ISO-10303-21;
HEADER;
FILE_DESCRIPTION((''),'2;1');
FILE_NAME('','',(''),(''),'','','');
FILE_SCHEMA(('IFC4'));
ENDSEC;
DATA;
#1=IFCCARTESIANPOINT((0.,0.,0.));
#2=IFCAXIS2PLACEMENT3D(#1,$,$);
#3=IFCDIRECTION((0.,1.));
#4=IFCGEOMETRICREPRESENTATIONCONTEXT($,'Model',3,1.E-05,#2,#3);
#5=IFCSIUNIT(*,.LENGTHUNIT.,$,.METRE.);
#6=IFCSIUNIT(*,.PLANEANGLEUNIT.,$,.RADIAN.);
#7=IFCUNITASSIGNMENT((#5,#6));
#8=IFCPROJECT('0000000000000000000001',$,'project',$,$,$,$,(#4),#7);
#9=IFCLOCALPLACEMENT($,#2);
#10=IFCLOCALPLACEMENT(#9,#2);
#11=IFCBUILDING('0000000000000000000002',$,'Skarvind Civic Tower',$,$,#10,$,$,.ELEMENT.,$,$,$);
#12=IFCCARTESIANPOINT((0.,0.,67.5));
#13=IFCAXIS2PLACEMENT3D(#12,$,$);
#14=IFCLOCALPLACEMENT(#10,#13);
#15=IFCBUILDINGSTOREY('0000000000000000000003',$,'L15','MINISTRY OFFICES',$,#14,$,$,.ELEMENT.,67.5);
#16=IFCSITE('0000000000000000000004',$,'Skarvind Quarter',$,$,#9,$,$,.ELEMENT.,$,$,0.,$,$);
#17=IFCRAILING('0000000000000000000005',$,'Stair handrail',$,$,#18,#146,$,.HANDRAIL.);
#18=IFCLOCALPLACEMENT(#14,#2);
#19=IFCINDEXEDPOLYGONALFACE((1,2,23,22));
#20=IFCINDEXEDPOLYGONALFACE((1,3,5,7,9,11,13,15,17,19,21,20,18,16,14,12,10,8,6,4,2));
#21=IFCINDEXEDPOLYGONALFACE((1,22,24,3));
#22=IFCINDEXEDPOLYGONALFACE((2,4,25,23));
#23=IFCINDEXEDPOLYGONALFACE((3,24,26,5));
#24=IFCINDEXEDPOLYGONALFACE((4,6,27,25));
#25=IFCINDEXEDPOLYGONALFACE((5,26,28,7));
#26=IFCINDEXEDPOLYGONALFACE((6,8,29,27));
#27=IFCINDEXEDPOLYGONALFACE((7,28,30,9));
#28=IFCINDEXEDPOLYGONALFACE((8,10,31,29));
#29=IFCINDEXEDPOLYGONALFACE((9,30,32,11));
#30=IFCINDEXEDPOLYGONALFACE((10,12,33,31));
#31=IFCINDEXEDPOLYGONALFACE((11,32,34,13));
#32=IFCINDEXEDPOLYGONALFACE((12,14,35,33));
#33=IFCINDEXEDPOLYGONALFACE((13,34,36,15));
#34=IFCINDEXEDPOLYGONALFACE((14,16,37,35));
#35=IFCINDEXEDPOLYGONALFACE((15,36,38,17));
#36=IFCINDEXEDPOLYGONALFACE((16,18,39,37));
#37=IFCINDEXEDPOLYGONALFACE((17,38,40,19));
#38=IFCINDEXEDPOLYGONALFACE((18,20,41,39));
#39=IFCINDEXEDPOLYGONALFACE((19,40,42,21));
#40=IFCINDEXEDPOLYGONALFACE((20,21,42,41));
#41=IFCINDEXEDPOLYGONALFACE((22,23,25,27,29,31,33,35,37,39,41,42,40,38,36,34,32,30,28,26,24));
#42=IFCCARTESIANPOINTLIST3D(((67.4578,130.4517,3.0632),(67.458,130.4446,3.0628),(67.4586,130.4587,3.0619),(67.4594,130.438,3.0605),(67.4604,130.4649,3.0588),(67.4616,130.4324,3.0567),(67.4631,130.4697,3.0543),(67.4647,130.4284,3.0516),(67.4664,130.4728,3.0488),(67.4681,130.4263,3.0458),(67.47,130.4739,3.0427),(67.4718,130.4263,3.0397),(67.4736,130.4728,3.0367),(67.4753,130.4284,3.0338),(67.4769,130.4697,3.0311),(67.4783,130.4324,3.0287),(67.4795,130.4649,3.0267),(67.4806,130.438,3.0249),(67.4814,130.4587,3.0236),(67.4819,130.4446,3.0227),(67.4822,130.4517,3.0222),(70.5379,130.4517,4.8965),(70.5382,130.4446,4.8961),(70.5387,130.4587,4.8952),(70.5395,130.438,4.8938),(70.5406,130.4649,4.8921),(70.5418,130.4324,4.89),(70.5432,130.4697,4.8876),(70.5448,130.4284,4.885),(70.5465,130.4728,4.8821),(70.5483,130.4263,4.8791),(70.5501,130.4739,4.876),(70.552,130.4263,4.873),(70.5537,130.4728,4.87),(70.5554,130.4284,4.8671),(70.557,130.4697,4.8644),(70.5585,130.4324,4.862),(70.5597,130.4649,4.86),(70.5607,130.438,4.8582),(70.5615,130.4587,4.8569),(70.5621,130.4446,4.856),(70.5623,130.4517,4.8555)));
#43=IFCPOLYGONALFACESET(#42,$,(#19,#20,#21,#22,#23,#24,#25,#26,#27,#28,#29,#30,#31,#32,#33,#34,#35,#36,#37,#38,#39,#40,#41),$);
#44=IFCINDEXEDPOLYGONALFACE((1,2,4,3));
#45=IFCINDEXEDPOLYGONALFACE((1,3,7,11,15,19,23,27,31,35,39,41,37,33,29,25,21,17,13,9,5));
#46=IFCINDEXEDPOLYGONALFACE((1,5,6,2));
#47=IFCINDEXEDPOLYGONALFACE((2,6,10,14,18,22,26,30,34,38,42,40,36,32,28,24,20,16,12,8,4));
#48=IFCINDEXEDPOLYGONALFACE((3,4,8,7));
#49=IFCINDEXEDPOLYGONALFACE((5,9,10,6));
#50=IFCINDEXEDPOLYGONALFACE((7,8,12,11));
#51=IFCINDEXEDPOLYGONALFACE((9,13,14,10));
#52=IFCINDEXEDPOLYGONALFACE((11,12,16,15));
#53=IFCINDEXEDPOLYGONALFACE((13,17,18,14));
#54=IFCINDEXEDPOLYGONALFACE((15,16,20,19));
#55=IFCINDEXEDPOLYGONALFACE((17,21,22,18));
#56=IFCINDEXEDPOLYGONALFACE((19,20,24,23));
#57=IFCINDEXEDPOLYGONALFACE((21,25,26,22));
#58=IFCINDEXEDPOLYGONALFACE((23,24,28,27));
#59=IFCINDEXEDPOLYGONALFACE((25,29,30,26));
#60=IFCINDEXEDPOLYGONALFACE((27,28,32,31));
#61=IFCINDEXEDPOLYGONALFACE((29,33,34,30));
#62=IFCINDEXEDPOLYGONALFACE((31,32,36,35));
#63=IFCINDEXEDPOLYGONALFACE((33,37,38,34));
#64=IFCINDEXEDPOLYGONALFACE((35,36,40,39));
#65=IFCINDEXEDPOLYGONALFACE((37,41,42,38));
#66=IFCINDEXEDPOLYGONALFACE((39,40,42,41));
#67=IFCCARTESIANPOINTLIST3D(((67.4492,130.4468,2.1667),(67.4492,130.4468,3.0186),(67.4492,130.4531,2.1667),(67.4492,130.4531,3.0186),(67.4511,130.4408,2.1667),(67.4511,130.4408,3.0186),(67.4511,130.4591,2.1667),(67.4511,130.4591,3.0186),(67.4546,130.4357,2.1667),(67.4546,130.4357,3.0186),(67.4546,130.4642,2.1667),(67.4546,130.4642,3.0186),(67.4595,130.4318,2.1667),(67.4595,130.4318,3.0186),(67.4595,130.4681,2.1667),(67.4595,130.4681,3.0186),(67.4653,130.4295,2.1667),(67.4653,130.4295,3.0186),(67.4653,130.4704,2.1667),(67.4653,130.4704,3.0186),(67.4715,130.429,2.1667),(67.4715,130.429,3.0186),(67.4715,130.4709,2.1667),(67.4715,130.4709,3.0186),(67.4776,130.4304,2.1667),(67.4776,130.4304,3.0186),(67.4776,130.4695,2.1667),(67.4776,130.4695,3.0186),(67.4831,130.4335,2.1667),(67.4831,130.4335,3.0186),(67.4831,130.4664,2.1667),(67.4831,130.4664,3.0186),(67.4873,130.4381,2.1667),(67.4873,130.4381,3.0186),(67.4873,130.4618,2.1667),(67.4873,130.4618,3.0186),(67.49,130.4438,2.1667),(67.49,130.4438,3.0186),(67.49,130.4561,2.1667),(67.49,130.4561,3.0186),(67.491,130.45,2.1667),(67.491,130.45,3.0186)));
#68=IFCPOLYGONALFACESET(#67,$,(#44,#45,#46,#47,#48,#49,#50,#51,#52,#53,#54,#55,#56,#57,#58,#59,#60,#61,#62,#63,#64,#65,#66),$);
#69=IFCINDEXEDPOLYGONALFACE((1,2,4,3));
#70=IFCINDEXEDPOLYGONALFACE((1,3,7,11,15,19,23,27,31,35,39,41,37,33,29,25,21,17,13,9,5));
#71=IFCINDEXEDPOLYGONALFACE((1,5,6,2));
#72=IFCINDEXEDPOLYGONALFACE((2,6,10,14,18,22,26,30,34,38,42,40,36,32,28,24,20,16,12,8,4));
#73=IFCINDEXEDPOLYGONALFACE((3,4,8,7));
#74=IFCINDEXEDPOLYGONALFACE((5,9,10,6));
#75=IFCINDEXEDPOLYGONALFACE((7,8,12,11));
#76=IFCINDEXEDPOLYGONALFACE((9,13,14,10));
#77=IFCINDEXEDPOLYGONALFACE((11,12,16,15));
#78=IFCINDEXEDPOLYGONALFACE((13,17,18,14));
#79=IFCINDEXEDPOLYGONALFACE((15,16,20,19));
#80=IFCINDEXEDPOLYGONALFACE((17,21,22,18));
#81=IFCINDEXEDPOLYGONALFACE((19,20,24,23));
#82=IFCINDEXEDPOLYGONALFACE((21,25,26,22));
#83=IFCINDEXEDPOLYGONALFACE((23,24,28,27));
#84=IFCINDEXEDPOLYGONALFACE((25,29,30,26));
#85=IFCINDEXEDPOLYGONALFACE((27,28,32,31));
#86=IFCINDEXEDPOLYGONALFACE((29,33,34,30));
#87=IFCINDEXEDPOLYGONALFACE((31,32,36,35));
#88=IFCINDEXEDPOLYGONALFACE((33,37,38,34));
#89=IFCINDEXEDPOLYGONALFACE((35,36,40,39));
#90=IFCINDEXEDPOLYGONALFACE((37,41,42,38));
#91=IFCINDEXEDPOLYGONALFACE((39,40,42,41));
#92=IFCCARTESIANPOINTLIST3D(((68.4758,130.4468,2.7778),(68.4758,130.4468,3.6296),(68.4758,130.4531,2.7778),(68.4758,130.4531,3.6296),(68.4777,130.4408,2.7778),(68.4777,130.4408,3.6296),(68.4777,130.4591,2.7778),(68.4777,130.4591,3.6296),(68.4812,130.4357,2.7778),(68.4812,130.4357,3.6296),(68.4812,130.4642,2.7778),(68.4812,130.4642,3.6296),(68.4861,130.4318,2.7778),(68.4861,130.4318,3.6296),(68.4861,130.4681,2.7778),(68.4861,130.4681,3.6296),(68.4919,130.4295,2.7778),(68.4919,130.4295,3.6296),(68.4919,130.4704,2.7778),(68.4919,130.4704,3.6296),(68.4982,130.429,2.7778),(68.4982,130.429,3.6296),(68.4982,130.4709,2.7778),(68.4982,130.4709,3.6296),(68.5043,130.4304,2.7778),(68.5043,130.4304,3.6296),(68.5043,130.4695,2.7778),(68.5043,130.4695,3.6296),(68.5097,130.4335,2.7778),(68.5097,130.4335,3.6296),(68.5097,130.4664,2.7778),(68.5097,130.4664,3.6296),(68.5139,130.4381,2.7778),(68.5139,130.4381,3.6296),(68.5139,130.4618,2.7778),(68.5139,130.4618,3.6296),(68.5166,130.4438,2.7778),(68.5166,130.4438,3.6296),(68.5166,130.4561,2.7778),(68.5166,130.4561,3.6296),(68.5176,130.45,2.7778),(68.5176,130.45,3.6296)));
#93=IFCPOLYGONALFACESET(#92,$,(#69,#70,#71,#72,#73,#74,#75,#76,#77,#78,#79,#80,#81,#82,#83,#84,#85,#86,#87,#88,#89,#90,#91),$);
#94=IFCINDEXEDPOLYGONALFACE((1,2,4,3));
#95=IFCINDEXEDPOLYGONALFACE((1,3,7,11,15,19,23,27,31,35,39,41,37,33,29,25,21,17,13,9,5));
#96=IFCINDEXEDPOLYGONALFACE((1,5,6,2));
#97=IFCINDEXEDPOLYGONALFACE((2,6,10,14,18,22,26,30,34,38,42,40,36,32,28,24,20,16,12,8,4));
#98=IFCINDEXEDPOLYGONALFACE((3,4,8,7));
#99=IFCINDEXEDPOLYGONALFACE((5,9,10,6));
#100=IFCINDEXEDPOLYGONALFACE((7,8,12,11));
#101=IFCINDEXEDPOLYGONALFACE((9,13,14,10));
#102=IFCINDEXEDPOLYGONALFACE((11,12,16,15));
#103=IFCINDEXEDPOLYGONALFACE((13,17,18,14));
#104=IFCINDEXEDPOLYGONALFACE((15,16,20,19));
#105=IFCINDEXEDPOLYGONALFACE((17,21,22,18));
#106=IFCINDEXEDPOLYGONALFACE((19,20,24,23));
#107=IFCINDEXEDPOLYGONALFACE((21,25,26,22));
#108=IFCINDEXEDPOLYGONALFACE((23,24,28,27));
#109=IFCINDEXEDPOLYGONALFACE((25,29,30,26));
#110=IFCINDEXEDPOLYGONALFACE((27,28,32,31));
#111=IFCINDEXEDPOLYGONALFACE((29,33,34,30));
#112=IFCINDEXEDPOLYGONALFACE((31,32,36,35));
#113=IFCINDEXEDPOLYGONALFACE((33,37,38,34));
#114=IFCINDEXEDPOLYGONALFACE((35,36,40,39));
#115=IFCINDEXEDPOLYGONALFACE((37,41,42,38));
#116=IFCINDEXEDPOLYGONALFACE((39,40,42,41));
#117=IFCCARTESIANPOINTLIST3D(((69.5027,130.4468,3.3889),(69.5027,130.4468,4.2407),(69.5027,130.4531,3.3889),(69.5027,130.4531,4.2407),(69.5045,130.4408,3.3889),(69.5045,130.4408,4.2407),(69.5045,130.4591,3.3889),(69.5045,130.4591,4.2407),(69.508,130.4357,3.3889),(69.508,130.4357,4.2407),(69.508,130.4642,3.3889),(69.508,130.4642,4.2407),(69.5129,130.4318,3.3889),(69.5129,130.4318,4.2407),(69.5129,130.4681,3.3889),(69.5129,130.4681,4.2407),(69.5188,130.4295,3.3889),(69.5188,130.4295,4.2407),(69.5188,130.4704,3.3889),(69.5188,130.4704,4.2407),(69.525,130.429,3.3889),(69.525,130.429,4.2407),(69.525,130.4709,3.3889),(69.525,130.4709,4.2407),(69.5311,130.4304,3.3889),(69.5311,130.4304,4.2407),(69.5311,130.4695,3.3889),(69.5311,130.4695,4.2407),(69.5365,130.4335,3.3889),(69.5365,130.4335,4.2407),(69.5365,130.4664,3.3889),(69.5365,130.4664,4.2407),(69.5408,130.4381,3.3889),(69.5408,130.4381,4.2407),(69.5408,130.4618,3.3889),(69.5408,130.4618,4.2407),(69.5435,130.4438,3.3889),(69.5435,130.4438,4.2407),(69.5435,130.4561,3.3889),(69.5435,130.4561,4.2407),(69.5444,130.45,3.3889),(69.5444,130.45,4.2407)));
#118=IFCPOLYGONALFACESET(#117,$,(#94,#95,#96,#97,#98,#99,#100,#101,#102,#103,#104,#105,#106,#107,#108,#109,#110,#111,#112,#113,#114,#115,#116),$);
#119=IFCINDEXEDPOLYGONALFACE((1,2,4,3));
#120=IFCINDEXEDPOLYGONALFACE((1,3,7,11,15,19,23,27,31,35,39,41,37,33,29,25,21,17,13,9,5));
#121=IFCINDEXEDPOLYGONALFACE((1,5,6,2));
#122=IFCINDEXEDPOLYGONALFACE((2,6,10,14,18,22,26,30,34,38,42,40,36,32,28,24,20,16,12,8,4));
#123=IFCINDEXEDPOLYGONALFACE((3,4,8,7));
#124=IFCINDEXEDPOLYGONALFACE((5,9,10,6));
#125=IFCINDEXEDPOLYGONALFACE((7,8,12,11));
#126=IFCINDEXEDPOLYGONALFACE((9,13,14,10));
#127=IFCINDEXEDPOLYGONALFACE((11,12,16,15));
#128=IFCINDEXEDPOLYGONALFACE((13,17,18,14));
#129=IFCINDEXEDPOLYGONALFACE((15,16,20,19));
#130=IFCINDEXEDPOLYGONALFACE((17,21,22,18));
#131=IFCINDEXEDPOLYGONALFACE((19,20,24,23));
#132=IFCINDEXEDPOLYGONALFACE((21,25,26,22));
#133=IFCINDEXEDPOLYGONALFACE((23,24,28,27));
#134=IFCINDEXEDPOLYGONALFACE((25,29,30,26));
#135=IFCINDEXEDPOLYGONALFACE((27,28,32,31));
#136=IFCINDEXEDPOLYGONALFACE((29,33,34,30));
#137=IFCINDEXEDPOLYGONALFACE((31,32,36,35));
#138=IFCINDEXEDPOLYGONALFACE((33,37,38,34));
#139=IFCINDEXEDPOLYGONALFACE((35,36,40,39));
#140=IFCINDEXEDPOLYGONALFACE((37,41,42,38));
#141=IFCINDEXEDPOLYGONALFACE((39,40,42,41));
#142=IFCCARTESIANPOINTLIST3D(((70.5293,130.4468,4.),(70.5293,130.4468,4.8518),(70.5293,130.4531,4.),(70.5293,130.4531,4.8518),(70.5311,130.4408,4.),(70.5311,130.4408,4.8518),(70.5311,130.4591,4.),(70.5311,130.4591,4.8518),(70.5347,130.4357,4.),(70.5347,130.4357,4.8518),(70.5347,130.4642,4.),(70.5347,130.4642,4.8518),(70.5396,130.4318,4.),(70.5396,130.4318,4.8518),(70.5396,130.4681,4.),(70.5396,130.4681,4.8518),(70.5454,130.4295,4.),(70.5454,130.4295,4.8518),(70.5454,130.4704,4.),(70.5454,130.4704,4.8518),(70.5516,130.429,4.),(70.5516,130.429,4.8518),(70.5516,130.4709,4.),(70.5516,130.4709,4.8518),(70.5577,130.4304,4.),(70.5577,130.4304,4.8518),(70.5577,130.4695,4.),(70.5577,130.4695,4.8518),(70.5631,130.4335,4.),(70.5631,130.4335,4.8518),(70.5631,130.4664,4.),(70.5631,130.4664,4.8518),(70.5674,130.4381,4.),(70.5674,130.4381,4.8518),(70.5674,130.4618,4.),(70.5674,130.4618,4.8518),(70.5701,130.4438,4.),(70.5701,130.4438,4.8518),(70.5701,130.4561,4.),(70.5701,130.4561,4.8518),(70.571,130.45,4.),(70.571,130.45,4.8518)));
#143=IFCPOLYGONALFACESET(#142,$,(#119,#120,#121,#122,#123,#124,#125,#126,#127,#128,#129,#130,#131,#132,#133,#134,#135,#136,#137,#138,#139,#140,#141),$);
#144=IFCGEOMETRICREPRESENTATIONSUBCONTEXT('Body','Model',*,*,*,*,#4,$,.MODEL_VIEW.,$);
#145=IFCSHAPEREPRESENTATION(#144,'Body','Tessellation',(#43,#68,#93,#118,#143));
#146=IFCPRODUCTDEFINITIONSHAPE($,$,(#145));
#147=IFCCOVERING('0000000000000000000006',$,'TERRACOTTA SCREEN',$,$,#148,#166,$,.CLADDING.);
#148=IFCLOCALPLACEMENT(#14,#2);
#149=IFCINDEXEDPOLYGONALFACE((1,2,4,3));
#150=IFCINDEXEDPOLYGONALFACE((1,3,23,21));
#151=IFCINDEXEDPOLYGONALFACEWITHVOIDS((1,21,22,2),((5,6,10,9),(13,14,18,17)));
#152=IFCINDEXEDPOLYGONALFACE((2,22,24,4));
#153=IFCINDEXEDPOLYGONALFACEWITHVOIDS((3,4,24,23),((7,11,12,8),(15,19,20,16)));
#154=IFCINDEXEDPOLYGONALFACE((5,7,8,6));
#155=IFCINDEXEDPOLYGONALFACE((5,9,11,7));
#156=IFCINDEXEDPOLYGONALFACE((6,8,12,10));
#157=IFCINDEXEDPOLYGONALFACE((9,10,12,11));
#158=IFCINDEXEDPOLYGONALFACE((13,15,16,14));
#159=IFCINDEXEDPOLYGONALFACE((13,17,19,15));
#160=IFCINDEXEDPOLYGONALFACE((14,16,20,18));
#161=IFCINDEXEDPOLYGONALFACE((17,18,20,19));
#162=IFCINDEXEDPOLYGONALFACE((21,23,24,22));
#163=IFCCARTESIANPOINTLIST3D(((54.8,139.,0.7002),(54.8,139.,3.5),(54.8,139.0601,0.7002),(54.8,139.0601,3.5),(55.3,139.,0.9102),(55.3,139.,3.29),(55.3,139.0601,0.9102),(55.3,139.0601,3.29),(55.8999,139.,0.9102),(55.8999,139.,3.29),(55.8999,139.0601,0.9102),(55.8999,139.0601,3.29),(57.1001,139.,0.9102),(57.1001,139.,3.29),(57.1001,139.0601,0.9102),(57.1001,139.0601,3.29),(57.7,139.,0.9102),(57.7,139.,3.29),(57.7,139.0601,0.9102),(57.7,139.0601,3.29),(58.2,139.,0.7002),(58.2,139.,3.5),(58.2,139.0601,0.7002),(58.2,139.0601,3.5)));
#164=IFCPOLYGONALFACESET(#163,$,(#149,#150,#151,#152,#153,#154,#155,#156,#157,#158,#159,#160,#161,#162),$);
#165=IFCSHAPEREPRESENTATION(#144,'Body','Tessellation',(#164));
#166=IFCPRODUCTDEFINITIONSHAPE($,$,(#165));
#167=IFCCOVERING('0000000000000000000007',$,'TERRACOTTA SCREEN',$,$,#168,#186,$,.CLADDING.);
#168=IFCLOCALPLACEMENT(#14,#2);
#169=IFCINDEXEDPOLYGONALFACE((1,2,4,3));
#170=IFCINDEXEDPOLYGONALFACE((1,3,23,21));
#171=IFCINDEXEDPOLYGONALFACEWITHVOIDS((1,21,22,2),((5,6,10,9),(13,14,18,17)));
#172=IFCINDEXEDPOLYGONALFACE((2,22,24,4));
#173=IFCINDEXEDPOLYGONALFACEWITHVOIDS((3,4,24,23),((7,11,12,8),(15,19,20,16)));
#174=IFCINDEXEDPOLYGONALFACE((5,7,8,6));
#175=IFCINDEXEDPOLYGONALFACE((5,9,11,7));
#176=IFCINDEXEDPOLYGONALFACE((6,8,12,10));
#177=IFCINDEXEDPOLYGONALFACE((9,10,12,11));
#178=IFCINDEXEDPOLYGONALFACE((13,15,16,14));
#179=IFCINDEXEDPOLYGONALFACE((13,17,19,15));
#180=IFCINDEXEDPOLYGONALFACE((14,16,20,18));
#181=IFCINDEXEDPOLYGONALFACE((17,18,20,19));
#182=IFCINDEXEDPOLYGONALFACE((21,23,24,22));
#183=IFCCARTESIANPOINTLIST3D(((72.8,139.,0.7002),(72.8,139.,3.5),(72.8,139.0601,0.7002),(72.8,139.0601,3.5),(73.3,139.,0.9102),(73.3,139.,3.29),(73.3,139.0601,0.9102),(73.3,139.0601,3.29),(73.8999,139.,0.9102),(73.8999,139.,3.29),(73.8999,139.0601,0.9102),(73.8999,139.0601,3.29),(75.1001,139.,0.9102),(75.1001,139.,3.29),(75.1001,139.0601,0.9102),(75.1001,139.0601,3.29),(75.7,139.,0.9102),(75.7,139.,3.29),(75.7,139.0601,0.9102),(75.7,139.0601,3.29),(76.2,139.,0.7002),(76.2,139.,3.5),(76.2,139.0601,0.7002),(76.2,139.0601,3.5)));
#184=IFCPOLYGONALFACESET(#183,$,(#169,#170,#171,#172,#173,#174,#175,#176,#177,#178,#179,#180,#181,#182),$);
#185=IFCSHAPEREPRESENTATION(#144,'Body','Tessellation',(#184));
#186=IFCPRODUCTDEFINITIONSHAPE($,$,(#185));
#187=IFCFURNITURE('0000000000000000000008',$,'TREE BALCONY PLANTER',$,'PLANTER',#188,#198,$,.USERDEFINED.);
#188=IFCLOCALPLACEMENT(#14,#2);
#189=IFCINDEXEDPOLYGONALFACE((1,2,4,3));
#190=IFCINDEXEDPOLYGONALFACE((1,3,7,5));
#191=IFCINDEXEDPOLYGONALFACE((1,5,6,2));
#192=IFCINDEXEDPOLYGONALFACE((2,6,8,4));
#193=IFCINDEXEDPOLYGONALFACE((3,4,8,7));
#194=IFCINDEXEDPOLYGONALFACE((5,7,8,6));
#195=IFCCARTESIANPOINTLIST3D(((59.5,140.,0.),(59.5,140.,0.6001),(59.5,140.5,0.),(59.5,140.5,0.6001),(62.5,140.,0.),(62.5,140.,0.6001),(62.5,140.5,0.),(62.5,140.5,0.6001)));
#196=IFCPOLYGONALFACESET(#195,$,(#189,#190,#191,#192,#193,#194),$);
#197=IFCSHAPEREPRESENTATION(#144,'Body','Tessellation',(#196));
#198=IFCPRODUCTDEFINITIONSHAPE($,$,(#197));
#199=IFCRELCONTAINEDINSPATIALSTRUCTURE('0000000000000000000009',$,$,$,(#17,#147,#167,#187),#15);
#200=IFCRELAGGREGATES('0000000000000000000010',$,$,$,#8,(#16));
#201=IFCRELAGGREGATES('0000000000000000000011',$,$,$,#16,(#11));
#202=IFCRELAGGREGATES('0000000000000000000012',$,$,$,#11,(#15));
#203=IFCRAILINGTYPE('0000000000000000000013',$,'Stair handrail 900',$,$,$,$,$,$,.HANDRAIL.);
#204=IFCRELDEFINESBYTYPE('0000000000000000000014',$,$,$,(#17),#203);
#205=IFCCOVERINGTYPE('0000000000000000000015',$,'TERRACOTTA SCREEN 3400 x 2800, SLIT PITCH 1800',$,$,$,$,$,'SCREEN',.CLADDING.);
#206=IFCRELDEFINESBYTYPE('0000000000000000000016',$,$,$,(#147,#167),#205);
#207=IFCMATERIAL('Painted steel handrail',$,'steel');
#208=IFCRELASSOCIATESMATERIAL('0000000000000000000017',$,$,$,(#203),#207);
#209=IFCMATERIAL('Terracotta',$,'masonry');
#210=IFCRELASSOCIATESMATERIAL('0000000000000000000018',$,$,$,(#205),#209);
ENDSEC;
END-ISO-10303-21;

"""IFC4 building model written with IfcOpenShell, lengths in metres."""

from ifc_helpers import new_model, si_unit, direction, frame, origin, origin_2d, place, context, subcontext, project, spatial, polyline, rectangle, circle, outline, extrude, material, material_profile, profile_set, type_object, element, save


model = new_model("IFC4")

# Units and contexts
model_context = context("Model", 3, precision=1e-05, world=origin(), true_north=direction((0.0, 1.0)))
body_context = subcontext(model_context, "Body", "Model", "MODEL_VIEW")
ifc_project = project(units=[si_unit("LENGTHUNIT", "METRE"), si_unit("PLANEANGLEUNIT", "RADIAN")], contexts=[model_context])

# Site, building, storey
site_placement = place(None, origin())
site = spatial("IfcSite", under=ifc_project, at=site_placement, Name="Skarvind Quarter", CompositionType="ELEMENT", RefElevation=0.0)
building_placement = place(site_placement, origin())
building = spatial("IfcBuilding", under=site, at=building_placement, Name="Skarvind Civic Tower", CompositionType="ELEMENT")
storey_placement = place(building_placement, frame((0.0, 0.0, 67.5)))
storey = spatial("IfcBuildingStorey", under=building, at=storey_placement, Name="L15", Description="MINISTRY OFFICES", CompositionType="ELEMENT", Elevation=67.5)

# Railing
ifc_material_1 = material(Name="Painted steel handrail", Category="steel")
railing_type_1 = type_object("IfcRailingType", Name="Stair handrail 900", PredefinedType="HANDRAIL", material=ifc_material_1)
railing_1_placement = place(storey_placement, frame((67.47, 130.45, 2.1667)))
element("IfcRailing", 1, at=railing_1_placement, inside=storey, type_object=railing_type_1, Name="Stair handrail", PredefinedType="HANDRAIL", context=body_context, shape_type="SweptSolid", body=[
    extrude(circle(Radius=0.0239, at=origin_2d()), frame((0.0, 0.0, 0.876), z_axis=(0.859309, 0.0, 0.511458), x_axis=(0.0, 1.0, 0.0)), (0.0, 0.0, 1.0), 3.5845),
    extrude(circle(Radius=0.021, at=origin_2d()), origin(), (0.0, 0.0, 1.0), 0.8518),
    extrude(circle(Radius=0.021, at=origin_2d()), frame((1.0266, 0.0, 0.6111)), (0.0, 0.0, 1.0), 0.8518),
    extrude(circle(Radius=0.021, at=origin_2d()), frame((2.0535, 0.0, 1.2222)), (0.0, 0.0, 1.0), 0.8518),
    extrude(circle(Radius=0.021, at=origin_2d()), frame((3.0801, 0.0, 1.8333)), (0.0, 0.0, 1.0), 0.8518),
])

# Coverings
ifc_material_2 = material(Name="Terracotta", Category="masonry")
ifc_material_profile_1 = material_profile(ifc_material_2, outline(polyline([(-1.7, -1.3999), (1.7, -1.3999), (1.7, 1.3999), (-1.7, 1.3999), (-1.7, -1.3999)]), holes=[polyline([(-1.2, -1.1899), (-0.6001, -1.1899), (-0.6001, 1.1899), (-1.2, 1.1899), (-1.2, -1.1899)]), polyline([(0.6001, -1.1899), (1.2, -1.1899), (1.2, 1.1899), (0.6001, 1.1899), (0.6001, -1.1899)])]), Name="TERRACOTTA SCREEN 3400 x 2800, SLIT PITCH 1800")
ifc_profile_set_1 = profile_set([ifc_material_profile_1], Name="Terracotta")
covering_type = type_object("IfcCoveringType", Name="TERRACOTTA SCREEN 3400 x 2800, SLIT PITCH 1800", ElementType="SCREEN", PredefinedType="CLADDING", material=ifc_profile_set_1)
for number, where, z_axis, x_axis, name in (
    (2, (56.5, 139.0, 2.1001), (0.0, 1.0, 0.0), (-1.0, 0.0, 0.0), "TERRACOTTA SCREEN"),
    (3, (74.5, 139.0, 2.1001), (0.0, 1.0, 0.0), (-1.0, 0.0, 0.0), "TERRACOTTA SCREEN"),
):
    element("IfcCovering", number, at=place(storey_placement, frame(where, z_axis=z_axis, x_axis=x_axis)), inside=storey, type_object=covering_type, Name=name, PredefinedType="CLADDING", context=body_context, shape_type="SweptSolid", body=[
        extrude(outline(polyline([(-1.7, -1.3999), (1.7, -1.3999), (1.7, 1.3999), (-1.7, 1.3999), (-1.7, -1.3999)]), holes=[polyline([(-1.2, -1.1899), (-0.6001, -1.1899), (-0.6001, 1.1899), (-1.2, 1.1899), (-1.2, -1.1899)]), polyline([(0.6001, -1.1899), (1.2, -1.1899), (1.2, 1.1899), (0.6001, 1.1899), (0.6001, -1.1899)])]), origin(), (0.0, 0.0, 1.0), 0.0601),
    ])

# Furniture
furniture_placement = place(storey_placement, frame((61.0, 140.25, 0.0), z_axis=(0.0, 0.0, 1.0), x_axis=(1.0, 0.0, 0.0)))
element("IfcFurniture", 4, at=furniture_placement, inside=storey, Name="TREE BALCONY PLANTER", ObjectType="PLANTER", PredefinedType="USERDEFINED", context=body_context, shape_type="SweptSolid", body=[
    extrude(rectangle(XDim=3.0, YDim=0.5, at=origin_2d()), origin(), (0.0, 0.0, 1.0), 0.6001),
])

save(model, "model.ifc")
